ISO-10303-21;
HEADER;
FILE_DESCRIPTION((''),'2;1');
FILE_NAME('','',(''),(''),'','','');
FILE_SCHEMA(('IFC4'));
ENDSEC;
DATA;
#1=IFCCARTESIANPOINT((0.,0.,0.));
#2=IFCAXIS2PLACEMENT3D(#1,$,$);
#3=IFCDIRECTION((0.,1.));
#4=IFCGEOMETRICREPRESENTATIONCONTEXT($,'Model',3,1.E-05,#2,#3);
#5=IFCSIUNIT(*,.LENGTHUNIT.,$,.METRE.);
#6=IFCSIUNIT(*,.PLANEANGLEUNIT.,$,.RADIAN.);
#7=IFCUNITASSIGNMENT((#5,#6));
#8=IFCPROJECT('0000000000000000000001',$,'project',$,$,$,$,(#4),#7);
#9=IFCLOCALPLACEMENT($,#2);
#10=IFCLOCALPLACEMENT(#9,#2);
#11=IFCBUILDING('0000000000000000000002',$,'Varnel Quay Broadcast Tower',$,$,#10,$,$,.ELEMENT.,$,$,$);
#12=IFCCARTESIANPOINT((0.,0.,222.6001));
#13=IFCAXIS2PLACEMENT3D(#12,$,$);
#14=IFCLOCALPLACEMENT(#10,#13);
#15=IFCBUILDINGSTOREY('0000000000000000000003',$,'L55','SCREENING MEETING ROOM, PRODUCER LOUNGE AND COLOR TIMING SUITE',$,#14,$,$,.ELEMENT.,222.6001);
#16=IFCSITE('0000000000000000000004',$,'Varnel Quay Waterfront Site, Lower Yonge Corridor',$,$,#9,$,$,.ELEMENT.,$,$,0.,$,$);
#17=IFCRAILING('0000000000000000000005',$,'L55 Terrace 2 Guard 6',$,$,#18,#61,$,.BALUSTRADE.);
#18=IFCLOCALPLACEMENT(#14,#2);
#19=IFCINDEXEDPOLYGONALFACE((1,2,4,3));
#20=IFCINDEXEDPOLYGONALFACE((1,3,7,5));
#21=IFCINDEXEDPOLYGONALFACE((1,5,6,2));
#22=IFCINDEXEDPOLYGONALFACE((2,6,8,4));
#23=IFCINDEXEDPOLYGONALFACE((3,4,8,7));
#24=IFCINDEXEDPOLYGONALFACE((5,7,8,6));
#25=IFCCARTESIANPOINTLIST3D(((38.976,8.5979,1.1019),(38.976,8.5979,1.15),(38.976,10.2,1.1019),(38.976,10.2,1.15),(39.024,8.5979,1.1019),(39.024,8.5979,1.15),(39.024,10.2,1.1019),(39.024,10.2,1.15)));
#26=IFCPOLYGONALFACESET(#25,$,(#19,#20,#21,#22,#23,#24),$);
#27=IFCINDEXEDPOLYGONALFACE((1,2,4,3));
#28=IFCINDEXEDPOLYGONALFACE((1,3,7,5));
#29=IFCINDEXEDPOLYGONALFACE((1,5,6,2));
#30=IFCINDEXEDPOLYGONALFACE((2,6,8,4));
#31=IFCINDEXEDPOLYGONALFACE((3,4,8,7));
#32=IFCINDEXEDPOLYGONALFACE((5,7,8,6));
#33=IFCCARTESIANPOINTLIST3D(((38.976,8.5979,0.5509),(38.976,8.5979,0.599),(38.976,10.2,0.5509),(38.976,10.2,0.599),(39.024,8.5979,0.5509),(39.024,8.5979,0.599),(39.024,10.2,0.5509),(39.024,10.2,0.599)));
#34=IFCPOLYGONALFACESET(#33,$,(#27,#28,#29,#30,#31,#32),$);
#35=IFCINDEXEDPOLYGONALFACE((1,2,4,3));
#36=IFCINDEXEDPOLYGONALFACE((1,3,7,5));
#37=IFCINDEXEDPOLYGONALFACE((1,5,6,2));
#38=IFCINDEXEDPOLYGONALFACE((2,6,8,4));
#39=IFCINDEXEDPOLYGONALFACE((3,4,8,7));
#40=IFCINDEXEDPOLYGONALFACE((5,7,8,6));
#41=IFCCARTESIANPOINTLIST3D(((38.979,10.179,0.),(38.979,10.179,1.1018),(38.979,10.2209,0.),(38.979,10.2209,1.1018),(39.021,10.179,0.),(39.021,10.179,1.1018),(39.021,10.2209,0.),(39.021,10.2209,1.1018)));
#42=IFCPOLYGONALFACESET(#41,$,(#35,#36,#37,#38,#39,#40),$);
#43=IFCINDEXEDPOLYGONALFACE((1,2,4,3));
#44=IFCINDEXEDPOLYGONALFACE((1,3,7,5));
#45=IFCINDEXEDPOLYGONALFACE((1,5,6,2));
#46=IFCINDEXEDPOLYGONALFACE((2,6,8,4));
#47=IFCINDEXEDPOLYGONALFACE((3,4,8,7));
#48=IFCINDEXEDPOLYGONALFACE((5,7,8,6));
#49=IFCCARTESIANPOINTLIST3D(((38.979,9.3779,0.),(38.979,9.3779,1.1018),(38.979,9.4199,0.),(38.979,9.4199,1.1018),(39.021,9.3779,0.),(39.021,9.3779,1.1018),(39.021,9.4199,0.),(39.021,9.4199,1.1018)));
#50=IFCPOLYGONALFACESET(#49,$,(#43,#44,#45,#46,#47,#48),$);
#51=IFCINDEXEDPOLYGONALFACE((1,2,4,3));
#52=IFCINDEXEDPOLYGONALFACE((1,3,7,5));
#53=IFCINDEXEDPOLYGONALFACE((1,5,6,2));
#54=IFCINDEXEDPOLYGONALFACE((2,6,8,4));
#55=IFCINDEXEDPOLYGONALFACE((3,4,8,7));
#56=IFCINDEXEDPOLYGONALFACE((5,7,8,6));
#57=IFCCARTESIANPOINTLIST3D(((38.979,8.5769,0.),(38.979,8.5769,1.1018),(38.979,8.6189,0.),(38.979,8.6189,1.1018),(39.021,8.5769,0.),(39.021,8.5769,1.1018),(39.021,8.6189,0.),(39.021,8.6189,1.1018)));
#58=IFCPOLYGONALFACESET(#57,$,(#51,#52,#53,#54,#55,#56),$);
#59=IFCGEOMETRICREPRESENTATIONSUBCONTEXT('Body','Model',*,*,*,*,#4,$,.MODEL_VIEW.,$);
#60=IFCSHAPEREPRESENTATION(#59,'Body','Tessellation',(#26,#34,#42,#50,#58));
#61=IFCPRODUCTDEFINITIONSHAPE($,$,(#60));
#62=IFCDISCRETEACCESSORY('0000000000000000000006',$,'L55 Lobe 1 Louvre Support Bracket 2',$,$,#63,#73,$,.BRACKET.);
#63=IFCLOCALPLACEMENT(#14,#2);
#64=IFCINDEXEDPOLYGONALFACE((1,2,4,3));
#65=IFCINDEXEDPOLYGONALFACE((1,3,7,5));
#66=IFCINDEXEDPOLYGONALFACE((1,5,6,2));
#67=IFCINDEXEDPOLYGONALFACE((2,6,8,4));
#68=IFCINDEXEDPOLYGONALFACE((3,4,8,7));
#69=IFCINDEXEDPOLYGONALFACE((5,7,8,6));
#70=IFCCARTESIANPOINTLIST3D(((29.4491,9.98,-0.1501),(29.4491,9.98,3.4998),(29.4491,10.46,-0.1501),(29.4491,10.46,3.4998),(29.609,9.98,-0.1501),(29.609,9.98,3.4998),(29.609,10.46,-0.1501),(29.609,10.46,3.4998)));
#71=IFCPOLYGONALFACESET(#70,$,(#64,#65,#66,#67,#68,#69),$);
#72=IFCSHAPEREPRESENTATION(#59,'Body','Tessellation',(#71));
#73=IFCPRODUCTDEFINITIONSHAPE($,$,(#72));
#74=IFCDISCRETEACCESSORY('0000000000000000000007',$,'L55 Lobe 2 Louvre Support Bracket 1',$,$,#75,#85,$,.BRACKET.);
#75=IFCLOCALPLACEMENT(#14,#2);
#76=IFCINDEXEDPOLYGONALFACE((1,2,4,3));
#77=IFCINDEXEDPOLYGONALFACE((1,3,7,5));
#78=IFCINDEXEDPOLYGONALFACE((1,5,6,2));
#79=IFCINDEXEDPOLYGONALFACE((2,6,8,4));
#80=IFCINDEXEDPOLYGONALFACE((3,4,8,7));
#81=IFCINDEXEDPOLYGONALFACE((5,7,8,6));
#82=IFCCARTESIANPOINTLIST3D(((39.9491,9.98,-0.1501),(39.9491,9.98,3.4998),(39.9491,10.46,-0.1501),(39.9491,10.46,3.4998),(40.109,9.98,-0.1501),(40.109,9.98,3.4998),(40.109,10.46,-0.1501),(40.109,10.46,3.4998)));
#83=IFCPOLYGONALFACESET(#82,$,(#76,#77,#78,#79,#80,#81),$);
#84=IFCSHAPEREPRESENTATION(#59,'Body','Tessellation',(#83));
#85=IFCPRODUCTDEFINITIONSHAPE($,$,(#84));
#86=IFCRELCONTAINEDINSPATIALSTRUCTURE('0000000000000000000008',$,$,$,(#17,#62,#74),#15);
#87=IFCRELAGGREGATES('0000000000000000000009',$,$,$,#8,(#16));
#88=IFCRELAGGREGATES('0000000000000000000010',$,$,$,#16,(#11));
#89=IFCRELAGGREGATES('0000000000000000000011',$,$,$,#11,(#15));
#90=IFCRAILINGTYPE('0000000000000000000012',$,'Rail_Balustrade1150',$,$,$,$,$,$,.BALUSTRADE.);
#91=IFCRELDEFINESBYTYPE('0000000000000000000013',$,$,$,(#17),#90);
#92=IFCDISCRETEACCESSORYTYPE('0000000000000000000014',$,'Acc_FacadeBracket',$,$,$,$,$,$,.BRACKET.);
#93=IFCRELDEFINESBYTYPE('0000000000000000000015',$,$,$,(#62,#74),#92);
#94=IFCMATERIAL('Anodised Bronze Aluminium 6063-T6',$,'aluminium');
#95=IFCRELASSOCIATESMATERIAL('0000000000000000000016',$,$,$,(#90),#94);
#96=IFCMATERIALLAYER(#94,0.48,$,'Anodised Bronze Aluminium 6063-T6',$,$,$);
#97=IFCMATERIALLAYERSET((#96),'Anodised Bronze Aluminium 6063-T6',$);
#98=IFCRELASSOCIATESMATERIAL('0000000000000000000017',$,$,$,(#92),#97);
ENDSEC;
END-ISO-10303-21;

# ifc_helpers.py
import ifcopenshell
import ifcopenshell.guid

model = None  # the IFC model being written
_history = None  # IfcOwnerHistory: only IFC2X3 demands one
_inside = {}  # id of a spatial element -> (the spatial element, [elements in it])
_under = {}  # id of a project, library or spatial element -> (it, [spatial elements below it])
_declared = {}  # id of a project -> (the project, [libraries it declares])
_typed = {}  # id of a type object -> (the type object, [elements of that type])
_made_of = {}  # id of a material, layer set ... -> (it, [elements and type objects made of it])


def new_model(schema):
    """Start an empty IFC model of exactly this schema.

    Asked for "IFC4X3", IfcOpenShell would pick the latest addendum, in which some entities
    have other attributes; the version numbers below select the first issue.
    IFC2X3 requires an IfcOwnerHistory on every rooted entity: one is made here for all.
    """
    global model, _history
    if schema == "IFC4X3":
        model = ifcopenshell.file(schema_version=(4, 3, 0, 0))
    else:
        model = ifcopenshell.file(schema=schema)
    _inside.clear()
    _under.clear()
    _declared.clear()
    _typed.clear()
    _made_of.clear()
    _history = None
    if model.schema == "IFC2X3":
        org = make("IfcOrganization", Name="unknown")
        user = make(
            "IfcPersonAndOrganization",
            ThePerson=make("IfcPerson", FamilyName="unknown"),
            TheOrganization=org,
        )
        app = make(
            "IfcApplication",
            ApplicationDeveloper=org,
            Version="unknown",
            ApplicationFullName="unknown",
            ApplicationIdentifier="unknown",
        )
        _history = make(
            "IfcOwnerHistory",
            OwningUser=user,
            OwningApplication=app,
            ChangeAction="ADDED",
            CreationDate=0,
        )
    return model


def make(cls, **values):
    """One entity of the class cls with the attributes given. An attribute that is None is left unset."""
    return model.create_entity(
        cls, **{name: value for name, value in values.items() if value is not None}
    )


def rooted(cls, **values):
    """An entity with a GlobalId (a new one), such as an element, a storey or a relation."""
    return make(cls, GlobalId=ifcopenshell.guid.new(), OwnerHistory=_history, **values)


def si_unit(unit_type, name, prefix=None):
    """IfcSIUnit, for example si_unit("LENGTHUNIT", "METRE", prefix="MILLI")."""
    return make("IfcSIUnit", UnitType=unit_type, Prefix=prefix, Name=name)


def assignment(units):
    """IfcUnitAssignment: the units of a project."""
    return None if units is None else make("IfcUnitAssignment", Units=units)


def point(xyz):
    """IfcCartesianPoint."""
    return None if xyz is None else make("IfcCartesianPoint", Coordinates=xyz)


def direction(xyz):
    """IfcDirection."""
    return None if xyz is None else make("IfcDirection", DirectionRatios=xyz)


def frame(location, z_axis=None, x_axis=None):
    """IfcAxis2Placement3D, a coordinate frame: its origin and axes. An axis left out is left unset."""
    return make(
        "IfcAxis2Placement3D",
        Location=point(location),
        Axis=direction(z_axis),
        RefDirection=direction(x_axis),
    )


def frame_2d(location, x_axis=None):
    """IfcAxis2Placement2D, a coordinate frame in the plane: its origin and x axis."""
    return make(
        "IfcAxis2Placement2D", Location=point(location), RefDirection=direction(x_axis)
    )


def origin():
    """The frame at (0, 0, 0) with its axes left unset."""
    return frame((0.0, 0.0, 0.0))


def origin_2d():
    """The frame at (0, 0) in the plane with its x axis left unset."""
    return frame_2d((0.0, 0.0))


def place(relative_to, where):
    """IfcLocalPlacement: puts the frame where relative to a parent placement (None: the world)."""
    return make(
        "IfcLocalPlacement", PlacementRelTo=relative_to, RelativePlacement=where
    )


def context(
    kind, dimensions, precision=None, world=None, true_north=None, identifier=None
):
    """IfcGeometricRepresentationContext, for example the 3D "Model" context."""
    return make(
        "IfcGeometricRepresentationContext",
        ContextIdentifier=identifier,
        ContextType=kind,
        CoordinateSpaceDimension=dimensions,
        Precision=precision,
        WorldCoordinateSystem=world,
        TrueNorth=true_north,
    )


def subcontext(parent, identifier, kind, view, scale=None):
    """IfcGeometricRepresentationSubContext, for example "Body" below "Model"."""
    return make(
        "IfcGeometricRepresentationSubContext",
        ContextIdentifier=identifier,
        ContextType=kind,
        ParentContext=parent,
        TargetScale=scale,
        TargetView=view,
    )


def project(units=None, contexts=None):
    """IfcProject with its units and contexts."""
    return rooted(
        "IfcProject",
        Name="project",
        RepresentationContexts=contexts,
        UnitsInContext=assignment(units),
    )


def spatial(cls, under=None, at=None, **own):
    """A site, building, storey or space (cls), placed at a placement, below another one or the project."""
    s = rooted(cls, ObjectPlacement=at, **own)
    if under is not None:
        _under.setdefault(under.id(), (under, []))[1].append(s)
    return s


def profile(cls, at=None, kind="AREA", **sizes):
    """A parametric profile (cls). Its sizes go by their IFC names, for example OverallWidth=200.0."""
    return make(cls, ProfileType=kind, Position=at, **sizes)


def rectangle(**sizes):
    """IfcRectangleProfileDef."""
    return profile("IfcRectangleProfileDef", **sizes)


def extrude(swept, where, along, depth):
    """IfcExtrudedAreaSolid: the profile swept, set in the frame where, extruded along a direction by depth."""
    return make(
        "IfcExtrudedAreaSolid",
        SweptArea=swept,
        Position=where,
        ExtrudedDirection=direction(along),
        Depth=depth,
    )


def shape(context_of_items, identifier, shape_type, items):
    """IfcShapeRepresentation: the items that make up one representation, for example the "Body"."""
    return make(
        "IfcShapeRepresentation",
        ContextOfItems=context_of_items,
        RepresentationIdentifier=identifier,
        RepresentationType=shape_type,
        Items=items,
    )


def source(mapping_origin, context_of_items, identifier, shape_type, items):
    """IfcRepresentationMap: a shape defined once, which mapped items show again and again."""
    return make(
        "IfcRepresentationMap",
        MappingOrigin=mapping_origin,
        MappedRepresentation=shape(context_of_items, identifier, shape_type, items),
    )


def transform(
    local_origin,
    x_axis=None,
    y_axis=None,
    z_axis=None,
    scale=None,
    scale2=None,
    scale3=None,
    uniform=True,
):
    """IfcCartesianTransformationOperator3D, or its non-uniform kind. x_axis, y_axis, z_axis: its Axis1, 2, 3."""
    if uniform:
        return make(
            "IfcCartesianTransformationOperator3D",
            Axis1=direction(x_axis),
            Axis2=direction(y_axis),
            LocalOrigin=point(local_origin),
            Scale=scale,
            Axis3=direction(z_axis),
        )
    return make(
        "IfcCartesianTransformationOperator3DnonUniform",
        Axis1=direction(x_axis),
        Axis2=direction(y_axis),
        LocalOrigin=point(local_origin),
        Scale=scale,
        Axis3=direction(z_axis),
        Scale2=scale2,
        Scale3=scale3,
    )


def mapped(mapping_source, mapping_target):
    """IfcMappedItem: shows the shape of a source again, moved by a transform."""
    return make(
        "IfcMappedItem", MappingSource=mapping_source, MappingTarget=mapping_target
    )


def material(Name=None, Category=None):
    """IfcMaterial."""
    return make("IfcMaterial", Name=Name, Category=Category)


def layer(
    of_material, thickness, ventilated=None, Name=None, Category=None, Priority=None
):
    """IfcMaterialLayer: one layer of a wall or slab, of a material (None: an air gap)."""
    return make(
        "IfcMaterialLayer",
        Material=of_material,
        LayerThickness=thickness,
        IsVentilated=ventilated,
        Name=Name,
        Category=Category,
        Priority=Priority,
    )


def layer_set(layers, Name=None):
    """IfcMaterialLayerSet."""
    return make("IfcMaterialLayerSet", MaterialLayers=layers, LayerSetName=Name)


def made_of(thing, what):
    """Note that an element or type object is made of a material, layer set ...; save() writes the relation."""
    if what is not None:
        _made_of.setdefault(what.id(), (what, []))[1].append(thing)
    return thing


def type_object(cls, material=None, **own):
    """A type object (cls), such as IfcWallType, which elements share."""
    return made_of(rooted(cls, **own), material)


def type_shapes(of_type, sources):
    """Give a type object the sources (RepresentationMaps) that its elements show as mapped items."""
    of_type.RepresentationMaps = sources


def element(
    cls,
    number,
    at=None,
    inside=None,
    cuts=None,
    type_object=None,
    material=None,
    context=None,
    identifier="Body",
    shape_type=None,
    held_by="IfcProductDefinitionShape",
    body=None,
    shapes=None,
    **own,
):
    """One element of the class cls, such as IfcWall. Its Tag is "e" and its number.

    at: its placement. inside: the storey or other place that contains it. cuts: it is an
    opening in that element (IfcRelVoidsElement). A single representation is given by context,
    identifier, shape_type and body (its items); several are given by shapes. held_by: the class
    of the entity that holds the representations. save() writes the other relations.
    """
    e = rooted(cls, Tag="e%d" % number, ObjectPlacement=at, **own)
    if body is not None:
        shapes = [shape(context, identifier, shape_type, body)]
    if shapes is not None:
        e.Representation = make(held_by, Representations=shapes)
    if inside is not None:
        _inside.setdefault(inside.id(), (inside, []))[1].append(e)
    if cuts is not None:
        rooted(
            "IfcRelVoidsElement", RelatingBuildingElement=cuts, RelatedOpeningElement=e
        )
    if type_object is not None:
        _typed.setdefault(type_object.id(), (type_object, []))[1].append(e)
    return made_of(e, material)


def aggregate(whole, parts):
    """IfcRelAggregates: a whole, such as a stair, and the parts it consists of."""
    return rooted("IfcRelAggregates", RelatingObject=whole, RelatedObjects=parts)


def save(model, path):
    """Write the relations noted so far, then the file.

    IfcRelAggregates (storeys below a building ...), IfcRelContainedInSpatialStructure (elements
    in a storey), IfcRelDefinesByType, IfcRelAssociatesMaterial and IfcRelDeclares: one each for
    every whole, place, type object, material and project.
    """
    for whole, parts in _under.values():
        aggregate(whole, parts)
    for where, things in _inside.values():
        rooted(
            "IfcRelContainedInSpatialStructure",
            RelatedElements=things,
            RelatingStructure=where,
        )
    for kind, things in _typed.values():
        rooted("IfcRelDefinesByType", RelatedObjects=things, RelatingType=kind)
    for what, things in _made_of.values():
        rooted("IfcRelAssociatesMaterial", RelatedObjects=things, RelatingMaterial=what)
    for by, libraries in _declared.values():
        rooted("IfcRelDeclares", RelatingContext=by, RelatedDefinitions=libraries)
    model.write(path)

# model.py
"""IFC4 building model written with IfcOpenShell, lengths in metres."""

from ifc_helpers import new_model, si_unit, direction, frame, origin, origin_2d, place, context, subcontext, project, spatial, rectangle, extrude, source, transform, mapped, material, layer, layer_set, type_object, type_shapes, element, save


model = new_model("IFC4")

# Units and contexts
model_context = context("Model", 3, precision=1e-05, world=origin(), true_north=direction((0.0, 1.0)))
body_context = subcontext(model_context, "Body", "Model", "MODEL_VIEW")
ifc_project = project(units=[si_unit("LENGTHUNIT", "METRE"), si_unit("PLANEANGLEUNIT", "RADIAN")], contexts=[model_context])

# Site, building, storey
site_placement = place(None, origin())
site = spatial("IfcSite", under=ifc_project, at=site_placement, Name="Varnel Quay Waterfront Site, Lower Yonge Corridor", CompositionType="ELEMENT", RefElevation=0.0)
building_placement = place(site_placement, origin())
building = spatial("IfcBuilding", under=site, at=building_placement, Name="Varnel Quay Broadcast Tower", CompositionType="ELEMENT")
storey_placement = place(building_placement, frame((0.0, 0.0, 222.6001)))
storey = spatial("IfcBuildingStorey", under=building, at=storey_placement, Name="L55", Description="SCREENING MEETING ROOM, PRODUCER LOUNGE AND COLOR TIMING SUITE", CompositionType="ELEMENT", Elevation=222.6001)

# Shared definitions
ifc_material_1 = material(Name="Anodised Bronze Aluminium 6063-T6", Category="aluminium")

# Railing
railing_type = type_object("IfcRailingType", Name="Rail_Balustrade1150", PredefinedType="BALUSTRADE", material=ifc_material_1)
railing_1_placement = place(storey_placement, frame((39.0, 10.2, 0.0)))
element("IfcRailing", 1, at=railing_1_placement, inside=storey, type_object=railing_type, Name="L55 Terrace 2 Guard 6", PredefinedType="BALUSTRADE", context=body_context, shape_type="SweptSolid", body=[
    extrude(rectangle(XDim=0.0481, YDim=0.0481, at=origin_2d()), frame((0.0, 0.0, 1.126), z_axis=(0.0, -1.0, 0.0), x_axis=(1.0, 0.0, 0.0)), (0.0, 0.0, 1.0), 1.6021),
    extrude(rectangle(XDim=0.0481, YDim=0.0481, at=origin_2d()), frame((0.0, 0.0, 0.575), z_axis=(0.0, -1.0, 0.0), x_axis=(1.0, 0.0, 0.0)), (0.0, 0.0, 1.0), 1.6021),
    extrude(rectangle(XDim=0.042, YDim=0.042, at=origin_2d()), origin(), (0.0, 0.0, 1.0), 1.1018),
    extrude(rectangle(XDim=0.042, YDim=0.042, at=origin_2d()), frame((0.0, -0.801, 0.0)), (0.0, 0.0, 1.0), 1.1018),
    extrude(rectangle(XDim=0.042, YDim=0.042, at=origin_2d()), frame((0.0, -1.6021, 0.0)), (0.0, 0.0, 1.0), 1.1018),
])

# Discrete accessories
ifc_layer_1 = layer(ifc_material_1, 0.48, Name="Anodised Bronze Aluminium 6063-T6")
ifc_layer_set_1 = layer_set([ifc_layer_1], Name="Anodised Bronze Aluminium 6063-T6")
discrete_accessory_type = type_object("IfcDiscreteAccessoryType", Name="Acc_FacadeBracket", PredefinedType="BRACKET", material=ifc_layer_set_1)
shared_shape_1 = source(origin(), body_context, "Body", "SweptSolid", [
    extrude(rectangle(XDim=0.1599, YDim=0.48, at=origin_2d()), origin(), (0.0, 0.0, 1.0), 3.6499),
])
type_shapes(discrete_accessory_type, [shared_shape_1])
for number, where, z_axis, x_axis, name in (
    (2, (29.5291, 10.22, -0.1501), (0.0, 0.0, 1.0), (1.0, 0.0, 0.0), "L55 Lobe 1 Louvre Support Bracket 2"),
    (3, (40.0291, 10.22, -0.1501), (0.0, 0.0, 1.0), (1.0, 0.0, 0.0), "L55 Lobe 2 Louvre Support Bracket 1"),
):
    element("IfcDiscreteAccessory", number, at=place(storey_placement, frame(where, z_axis=z_axis, x_axis=x_axis)), inside=storey, type_object=discrete_accessory_type, Name=name, PredefinedType="BRACKET", context=body_context, shape_type="MappedRepresentation", body=[
        mapped(shared_shape_1, transform((0.0, 0.0, 0.0), x_axis=(1.0, 0.0, 0.0), y_axis=(0.0, 1.0, 0.0), z_axis=(0.0, 0.0, 1.0), scale=1.0)),
    ])

save(model, "model.ifc")
